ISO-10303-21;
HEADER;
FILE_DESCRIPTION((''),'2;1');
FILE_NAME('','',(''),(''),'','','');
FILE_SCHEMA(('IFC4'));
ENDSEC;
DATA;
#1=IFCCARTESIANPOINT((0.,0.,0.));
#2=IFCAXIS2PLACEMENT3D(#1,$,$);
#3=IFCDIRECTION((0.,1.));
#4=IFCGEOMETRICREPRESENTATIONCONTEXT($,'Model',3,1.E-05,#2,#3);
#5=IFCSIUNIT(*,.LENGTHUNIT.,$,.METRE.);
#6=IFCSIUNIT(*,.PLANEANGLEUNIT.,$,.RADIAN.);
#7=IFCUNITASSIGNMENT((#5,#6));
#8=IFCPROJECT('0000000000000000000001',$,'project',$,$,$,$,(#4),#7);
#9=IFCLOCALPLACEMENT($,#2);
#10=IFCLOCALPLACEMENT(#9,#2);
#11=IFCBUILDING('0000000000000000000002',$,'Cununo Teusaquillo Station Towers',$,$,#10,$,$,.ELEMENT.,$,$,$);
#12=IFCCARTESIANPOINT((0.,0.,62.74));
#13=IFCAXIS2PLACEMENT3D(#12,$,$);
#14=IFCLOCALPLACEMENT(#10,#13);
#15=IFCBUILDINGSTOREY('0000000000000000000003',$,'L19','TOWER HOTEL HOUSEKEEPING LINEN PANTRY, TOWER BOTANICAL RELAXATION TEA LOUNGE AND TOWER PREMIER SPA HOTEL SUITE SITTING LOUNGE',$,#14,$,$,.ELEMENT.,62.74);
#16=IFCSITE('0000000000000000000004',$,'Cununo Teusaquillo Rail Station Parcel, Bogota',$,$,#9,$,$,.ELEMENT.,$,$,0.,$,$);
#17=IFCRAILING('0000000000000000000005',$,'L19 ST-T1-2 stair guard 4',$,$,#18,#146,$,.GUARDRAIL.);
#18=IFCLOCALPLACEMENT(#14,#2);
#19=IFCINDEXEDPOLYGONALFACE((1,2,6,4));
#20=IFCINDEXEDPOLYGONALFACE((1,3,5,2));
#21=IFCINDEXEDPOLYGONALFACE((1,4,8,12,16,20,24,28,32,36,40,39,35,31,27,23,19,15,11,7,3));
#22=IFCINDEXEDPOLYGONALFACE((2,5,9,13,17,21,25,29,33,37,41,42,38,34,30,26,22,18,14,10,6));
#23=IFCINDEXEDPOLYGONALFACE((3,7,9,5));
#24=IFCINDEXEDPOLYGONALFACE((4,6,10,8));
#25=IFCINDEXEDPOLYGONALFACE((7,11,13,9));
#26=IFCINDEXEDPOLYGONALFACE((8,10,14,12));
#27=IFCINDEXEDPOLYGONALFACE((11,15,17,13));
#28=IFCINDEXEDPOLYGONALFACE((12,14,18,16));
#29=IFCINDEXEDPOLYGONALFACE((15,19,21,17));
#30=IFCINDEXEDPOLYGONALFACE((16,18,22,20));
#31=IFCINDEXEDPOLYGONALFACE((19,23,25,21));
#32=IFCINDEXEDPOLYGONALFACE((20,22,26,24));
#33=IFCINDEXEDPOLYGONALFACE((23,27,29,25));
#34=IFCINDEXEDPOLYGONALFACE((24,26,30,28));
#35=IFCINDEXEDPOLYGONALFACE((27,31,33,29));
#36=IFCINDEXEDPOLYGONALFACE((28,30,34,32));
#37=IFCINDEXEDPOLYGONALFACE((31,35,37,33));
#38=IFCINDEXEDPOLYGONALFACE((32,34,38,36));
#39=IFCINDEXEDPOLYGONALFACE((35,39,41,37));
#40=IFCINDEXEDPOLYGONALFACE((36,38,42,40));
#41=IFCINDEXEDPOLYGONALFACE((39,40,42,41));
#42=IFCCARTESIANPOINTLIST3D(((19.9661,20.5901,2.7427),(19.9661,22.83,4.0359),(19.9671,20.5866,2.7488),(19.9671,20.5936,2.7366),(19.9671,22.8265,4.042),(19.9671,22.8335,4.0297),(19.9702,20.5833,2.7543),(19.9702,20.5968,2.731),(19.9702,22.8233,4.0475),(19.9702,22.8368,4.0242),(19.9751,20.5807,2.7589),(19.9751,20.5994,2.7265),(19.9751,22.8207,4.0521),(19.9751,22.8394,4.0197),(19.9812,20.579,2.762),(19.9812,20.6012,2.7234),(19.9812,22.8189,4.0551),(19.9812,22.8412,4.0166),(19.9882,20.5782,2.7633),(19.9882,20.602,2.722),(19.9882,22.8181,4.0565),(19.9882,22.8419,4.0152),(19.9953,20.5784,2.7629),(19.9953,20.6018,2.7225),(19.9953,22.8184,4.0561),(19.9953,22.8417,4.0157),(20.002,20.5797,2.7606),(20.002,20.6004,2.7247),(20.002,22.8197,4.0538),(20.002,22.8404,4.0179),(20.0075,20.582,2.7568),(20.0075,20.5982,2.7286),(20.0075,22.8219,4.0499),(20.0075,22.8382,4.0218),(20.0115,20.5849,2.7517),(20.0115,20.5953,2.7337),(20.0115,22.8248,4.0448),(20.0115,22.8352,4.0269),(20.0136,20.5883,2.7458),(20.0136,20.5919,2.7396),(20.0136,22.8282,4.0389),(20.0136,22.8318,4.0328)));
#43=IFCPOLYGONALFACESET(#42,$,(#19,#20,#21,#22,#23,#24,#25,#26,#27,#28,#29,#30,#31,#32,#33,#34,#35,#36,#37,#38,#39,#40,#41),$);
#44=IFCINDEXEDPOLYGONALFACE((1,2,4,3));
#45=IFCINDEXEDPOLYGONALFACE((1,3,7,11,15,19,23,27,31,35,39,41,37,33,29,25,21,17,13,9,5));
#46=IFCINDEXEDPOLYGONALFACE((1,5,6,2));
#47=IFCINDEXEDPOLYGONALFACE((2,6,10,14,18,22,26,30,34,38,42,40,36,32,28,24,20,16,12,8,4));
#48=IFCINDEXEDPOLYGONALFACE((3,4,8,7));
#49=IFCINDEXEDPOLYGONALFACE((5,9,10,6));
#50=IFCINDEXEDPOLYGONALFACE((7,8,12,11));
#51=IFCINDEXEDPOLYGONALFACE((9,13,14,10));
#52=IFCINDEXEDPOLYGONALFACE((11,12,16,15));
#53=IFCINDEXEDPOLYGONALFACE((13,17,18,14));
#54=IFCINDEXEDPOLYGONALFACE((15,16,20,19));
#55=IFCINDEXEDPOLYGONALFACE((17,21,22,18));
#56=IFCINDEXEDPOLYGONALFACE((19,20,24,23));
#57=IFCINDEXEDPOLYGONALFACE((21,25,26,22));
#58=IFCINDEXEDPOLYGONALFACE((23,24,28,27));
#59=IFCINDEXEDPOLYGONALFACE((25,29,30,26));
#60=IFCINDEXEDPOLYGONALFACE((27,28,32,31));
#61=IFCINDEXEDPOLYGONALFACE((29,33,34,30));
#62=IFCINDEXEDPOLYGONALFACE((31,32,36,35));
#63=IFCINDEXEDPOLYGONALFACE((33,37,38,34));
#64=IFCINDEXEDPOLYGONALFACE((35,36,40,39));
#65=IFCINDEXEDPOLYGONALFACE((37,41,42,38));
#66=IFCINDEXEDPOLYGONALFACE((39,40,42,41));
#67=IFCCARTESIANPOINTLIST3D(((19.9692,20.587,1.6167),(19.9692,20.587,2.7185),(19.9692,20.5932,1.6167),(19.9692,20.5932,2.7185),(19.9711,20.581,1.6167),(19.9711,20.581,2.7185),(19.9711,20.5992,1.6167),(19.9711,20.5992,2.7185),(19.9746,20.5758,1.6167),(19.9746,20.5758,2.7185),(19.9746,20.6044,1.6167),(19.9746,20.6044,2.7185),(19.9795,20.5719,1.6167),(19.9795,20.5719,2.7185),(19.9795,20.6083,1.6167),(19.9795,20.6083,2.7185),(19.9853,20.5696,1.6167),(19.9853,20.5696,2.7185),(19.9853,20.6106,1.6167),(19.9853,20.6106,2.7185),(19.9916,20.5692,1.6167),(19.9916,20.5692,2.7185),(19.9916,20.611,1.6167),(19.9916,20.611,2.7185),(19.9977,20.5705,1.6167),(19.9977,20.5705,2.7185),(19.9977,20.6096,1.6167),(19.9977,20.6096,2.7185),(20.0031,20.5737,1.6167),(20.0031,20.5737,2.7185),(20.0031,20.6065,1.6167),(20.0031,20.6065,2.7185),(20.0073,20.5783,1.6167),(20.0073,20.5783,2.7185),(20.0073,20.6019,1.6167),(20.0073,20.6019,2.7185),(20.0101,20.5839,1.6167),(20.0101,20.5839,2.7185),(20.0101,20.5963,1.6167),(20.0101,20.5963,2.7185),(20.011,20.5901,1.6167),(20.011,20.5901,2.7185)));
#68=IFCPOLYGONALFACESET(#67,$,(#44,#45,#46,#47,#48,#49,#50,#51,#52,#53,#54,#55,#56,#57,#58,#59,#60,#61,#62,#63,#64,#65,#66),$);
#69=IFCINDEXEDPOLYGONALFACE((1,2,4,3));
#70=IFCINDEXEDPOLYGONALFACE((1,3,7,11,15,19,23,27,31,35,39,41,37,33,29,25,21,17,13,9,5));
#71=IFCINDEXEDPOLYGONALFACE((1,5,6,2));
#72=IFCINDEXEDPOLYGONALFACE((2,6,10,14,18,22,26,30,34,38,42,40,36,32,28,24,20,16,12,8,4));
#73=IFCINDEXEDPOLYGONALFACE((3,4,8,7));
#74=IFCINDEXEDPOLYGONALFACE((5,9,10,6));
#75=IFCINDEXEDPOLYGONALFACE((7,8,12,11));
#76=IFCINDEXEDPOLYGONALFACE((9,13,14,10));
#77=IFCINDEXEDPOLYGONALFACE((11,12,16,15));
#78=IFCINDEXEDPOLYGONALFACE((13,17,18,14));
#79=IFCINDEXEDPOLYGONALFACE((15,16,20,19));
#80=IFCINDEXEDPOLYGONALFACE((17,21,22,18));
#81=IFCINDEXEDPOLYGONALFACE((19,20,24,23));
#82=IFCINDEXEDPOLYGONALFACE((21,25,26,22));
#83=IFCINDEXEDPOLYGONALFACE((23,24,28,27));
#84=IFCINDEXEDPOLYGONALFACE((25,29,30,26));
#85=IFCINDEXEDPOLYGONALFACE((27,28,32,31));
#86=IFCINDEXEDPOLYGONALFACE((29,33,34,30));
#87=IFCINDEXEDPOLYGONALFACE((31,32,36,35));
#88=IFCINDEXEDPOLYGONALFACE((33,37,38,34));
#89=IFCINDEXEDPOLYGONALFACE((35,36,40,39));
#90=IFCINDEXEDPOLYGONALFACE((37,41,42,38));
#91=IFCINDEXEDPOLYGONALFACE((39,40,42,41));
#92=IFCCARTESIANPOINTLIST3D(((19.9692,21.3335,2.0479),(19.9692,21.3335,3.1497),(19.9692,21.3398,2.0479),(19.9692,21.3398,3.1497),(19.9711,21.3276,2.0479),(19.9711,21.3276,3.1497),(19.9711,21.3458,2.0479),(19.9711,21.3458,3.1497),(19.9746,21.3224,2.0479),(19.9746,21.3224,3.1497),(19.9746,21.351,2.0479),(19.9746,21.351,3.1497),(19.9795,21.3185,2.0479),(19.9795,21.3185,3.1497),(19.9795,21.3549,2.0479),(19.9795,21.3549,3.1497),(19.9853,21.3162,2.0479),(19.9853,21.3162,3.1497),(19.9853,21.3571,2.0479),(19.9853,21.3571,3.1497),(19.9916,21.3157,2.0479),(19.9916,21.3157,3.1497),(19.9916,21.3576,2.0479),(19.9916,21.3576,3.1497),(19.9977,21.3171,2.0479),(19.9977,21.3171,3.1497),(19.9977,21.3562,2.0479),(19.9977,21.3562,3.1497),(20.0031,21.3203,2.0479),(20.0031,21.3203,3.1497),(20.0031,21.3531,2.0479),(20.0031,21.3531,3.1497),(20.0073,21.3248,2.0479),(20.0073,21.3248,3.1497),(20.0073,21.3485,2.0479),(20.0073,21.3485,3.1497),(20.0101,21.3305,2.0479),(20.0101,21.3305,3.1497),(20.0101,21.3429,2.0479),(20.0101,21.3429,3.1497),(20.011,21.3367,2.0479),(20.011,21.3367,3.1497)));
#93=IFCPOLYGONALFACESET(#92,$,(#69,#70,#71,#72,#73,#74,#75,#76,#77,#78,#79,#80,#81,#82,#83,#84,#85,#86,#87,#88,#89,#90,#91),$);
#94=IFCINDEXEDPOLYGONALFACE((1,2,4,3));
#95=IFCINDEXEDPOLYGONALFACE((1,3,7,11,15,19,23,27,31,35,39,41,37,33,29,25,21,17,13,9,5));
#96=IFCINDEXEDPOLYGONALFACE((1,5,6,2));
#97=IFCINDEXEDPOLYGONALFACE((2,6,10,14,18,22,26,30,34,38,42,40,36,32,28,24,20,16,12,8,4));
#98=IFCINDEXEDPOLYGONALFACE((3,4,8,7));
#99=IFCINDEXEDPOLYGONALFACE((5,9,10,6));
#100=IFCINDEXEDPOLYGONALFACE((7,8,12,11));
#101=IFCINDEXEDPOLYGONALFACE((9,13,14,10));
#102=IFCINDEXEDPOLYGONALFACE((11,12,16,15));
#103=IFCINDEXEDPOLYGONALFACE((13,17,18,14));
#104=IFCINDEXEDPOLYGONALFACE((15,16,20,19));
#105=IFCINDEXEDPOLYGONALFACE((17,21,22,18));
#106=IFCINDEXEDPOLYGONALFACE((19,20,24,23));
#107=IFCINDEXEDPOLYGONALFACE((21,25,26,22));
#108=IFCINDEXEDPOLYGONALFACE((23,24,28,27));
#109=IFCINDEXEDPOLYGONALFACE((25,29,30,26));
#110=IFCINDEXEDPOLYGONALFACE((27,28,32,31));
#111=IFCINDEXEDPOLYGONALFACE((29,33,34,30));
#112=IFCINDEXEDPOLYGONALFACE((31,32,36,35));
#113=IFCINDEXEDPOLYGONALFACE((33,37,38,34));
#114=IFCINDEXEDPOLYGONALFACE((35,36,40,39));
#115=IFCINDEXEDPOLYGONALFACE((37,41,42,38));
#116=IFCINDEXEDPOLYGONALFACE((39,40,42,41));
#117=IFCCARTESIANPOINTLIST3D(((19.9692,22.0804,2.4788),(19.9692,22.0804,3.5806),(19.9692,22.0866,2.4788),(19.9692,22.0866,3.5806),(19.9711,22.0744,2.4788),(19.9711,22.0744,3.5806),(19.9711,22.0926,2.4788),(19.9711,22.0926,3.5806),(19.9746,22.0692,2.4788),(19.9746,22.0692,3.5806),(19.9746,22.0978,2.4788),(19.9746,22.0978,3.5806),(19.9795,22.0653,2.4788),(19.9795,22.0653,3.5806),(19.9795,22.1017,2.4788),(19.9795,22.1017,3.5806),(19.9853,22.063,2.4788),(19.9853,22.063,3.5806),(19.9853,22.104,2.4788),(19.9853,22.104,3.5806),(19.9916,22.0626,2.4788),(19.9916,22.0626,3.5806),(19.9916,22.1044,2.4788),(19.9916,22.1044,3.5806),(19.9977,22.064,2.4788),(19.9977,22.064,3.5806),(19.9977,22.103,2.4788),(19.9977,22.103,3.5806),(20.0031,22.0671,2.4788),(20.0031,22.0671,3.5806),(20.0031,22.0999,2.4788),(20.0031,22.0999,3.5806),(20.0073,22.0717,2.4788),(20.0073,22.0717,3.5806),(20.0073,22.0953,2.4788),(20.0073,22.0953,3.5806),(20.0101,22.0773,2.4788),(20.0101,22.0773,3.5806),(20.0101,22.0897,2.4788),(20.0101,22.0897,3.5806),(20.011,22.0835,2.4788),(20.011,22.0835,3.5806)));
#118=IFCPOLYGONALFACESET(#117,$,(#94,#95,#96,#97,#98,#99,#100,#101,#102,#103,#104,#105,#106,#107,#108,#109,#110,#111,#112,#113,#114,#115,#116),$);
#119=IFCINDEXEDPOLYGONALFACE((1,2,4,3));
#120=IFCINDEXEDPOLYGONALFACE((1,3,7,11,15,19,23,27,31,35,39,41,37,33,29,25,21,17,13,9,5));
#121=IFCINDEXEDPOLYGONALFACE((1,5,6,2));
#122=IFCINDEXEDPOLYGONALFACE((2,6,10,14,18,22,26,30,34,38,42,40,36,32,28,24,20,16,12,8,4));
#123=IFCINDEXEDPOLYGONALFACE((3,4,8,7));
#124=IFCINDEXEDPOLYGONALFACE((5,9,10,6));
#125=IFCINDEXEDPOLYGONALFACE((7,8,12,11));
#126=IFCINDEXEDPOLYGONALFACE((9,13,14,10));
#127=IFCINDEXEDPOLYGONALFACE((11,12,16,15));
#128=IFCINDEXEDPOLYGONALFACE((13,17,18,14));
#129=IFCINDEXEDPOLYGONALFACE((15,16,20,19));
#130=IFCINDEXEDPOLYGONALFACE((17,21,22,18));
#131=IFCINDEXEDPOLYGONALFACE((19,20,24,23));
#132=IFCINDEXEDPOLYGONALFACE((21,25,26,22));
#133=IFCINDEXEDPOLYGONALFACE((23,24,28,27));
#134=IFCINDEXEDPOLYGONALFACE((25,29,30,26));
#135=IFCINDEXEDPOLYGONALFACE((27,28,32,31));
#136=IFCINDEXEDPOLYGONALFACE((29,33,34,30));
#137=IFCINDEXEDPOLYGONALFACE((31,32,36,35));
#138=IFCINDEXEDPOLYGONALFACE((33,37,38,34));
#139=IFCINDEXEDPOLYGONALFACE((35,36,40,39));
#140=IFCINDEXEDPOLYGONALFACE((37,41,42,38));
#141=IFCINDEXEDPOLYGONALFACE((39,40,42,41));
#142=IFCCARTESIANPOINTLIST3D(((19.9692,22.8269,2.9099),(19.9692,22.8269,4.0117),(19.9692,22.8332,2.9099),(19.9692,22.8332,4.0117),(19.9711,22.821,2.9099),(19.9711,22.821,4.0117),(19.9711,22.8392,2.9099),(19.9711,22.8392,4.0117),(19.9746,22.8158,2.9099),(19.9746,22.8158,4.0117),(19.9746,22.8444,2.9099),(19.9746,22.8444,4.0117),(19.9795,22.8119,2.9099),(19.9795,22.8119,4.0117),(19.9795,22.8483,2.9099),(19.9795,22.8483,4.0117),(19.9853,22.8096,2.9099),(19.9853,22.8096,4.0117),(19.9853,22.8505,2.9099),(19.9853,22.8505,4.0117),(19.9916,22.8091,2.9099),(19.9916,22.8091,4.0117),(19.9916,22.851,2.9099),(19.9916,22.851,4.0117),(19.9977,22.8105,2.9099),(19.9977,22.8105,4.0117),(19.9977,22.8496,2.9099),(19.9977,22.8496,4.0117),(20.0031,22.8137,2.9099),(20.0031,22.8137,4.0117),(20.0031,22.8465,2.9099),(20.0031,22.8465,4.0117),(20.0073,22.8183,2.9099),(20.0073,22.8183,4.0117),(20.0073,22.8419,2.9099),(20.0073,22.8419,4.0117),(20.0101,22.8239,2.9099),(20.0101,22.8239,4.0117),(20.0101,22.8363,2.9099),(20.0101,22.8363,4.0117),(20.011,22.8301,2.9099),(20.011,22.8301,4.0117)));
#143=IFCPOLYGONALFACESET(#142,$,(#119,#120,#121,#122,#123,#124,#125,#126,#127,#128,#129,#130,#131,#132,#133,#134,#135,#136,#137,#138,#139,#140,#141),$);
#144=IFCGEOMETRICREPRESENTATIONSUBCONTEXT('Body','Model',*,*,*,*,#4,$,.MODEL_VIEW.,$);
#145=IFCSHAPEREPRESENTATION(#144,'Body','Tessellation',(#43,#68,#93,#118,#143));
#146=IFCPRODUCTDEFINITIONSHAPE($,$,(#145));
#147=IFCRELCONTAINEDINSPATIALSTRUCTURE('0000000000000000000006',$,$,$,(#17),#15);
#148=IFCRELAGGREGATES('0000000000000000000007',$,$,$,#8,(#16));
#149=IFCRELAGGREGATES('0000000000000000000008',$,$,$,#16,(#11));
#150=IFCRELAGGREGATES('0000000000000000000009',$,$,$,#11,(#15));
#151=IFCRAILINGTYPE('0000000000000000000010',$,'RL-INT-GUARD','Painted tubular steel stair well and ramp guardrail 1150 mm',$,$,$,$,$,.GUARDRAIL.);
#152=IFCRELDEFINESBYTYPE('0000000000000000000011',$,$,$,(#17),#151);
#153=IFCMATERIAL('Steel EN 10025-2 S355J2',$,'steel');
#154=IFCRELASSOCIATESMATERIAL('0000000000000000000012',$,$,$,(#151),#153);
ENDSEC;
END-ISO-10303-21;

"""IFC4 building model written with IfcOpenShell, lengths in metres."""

from ifc_helpers import new_model, si_unit, direction, frame, origin, origin_2d, place, context, subcontext, project, spatial, circle, extrude, material, type_object, element, save


model = new_model("IFC4")

# Units and contexts
model_context = context("Model", 3, precision=1e-05, world=origin(), true_north=direction((0.0, 1.0)))
body_context = subcontext(model_context, "Body", "Model", "MODEL_VIEW")
ifc_project = project(units=[si_unit("LENGTHUNIT", "METRE"), si_unit("PLANEANGLEUNIT", "RADIAN")], contexts=[model_context])

# Site, building, storey
site_placement = place(None, origin())
site = spatial("IfcSite", under=ifc_project, at=site_placement, Name="Cununo Teusaquillo Rail Station Parcel, Bogota", CompositionType="ELEMENT", RefElevation=0.0)
building_placement = place(site_placement, origin())
building = spatial("IfcBuilding", under=site, at=building_placement, Name="Cununo Teusaquillo Station Towers", CompositionType="ELEMENT")
storey_placement = place(building_placement, frame((0.0, 0.0, 62.74)))
storey = spatial("IfcBuildingStorey", under=building, at=storey_placement, Name="L19", Description="TOWER HOTEL HOUSEKEEPING LINEN PANTRY, TOWER BOTANICAL RELAXATION TEA LOUNGE AND TOWER PREMIER SPA HOTEL SUITE SITTING LOUNGE", CompositionType="ELEMENT", Elevation=62.74)

# Railing
ifc_material_1 = material(Name="Steel EN 10025-2 S355J2", Category="steel")
railing_type_1 = type_object("IfcRailingType", Name="RL-INT-GUARD", Description="Painted tubular steel stair well and ramp guardrail 1150 mm", PredefinedType="GUARDRAIL", material=ifc_material_1)
railing_1_placement = place(storey_placement, frame((19.99, 20.5901, 1.6167)))
element("IfcRailing", 1, at=railing_1_placement, inside=storey, type_object=railing_type_1, Name="L19 ST-T1-2 stair guard 4", PredefinedType="GUARDRAIL", context=body_context, shape_type="SweptSolid", body=[
    extrude(circle(Radius=0.0239, at=origin_2d()), frame((0.0, 0.0, 1.126), z_axis=(0.0, 0.866033, 0.499987), x_axis=(-1.0, 0.0, 0.0)), (0.0, 0.0, 1.0), 2.5864),
    extrude(circle(Radius=0.021, at=origin_2d()), origin(), (0.0, 0.0, 1.0), 1.1018),
    extrude(circle(Radius=0.021, at=origin_2d()), frame((0.0, 0.7466, 0.4312)), (0.0, 0.0, 1.0), 1.1018),
    extrude(circle(Radius=0.021, at=origin_2d()), frame((0.0, 1.4934, 0.8621)), (0.0, 0.0, 1.0), 1.1018),
    extrude(circle(Radius=0.021, at=origin_2d()), frame((0.0, 2.24, 1.2932)), (0.0, 0.0, 1.0), 1.1018),
])

save(model, "model.ifc")
